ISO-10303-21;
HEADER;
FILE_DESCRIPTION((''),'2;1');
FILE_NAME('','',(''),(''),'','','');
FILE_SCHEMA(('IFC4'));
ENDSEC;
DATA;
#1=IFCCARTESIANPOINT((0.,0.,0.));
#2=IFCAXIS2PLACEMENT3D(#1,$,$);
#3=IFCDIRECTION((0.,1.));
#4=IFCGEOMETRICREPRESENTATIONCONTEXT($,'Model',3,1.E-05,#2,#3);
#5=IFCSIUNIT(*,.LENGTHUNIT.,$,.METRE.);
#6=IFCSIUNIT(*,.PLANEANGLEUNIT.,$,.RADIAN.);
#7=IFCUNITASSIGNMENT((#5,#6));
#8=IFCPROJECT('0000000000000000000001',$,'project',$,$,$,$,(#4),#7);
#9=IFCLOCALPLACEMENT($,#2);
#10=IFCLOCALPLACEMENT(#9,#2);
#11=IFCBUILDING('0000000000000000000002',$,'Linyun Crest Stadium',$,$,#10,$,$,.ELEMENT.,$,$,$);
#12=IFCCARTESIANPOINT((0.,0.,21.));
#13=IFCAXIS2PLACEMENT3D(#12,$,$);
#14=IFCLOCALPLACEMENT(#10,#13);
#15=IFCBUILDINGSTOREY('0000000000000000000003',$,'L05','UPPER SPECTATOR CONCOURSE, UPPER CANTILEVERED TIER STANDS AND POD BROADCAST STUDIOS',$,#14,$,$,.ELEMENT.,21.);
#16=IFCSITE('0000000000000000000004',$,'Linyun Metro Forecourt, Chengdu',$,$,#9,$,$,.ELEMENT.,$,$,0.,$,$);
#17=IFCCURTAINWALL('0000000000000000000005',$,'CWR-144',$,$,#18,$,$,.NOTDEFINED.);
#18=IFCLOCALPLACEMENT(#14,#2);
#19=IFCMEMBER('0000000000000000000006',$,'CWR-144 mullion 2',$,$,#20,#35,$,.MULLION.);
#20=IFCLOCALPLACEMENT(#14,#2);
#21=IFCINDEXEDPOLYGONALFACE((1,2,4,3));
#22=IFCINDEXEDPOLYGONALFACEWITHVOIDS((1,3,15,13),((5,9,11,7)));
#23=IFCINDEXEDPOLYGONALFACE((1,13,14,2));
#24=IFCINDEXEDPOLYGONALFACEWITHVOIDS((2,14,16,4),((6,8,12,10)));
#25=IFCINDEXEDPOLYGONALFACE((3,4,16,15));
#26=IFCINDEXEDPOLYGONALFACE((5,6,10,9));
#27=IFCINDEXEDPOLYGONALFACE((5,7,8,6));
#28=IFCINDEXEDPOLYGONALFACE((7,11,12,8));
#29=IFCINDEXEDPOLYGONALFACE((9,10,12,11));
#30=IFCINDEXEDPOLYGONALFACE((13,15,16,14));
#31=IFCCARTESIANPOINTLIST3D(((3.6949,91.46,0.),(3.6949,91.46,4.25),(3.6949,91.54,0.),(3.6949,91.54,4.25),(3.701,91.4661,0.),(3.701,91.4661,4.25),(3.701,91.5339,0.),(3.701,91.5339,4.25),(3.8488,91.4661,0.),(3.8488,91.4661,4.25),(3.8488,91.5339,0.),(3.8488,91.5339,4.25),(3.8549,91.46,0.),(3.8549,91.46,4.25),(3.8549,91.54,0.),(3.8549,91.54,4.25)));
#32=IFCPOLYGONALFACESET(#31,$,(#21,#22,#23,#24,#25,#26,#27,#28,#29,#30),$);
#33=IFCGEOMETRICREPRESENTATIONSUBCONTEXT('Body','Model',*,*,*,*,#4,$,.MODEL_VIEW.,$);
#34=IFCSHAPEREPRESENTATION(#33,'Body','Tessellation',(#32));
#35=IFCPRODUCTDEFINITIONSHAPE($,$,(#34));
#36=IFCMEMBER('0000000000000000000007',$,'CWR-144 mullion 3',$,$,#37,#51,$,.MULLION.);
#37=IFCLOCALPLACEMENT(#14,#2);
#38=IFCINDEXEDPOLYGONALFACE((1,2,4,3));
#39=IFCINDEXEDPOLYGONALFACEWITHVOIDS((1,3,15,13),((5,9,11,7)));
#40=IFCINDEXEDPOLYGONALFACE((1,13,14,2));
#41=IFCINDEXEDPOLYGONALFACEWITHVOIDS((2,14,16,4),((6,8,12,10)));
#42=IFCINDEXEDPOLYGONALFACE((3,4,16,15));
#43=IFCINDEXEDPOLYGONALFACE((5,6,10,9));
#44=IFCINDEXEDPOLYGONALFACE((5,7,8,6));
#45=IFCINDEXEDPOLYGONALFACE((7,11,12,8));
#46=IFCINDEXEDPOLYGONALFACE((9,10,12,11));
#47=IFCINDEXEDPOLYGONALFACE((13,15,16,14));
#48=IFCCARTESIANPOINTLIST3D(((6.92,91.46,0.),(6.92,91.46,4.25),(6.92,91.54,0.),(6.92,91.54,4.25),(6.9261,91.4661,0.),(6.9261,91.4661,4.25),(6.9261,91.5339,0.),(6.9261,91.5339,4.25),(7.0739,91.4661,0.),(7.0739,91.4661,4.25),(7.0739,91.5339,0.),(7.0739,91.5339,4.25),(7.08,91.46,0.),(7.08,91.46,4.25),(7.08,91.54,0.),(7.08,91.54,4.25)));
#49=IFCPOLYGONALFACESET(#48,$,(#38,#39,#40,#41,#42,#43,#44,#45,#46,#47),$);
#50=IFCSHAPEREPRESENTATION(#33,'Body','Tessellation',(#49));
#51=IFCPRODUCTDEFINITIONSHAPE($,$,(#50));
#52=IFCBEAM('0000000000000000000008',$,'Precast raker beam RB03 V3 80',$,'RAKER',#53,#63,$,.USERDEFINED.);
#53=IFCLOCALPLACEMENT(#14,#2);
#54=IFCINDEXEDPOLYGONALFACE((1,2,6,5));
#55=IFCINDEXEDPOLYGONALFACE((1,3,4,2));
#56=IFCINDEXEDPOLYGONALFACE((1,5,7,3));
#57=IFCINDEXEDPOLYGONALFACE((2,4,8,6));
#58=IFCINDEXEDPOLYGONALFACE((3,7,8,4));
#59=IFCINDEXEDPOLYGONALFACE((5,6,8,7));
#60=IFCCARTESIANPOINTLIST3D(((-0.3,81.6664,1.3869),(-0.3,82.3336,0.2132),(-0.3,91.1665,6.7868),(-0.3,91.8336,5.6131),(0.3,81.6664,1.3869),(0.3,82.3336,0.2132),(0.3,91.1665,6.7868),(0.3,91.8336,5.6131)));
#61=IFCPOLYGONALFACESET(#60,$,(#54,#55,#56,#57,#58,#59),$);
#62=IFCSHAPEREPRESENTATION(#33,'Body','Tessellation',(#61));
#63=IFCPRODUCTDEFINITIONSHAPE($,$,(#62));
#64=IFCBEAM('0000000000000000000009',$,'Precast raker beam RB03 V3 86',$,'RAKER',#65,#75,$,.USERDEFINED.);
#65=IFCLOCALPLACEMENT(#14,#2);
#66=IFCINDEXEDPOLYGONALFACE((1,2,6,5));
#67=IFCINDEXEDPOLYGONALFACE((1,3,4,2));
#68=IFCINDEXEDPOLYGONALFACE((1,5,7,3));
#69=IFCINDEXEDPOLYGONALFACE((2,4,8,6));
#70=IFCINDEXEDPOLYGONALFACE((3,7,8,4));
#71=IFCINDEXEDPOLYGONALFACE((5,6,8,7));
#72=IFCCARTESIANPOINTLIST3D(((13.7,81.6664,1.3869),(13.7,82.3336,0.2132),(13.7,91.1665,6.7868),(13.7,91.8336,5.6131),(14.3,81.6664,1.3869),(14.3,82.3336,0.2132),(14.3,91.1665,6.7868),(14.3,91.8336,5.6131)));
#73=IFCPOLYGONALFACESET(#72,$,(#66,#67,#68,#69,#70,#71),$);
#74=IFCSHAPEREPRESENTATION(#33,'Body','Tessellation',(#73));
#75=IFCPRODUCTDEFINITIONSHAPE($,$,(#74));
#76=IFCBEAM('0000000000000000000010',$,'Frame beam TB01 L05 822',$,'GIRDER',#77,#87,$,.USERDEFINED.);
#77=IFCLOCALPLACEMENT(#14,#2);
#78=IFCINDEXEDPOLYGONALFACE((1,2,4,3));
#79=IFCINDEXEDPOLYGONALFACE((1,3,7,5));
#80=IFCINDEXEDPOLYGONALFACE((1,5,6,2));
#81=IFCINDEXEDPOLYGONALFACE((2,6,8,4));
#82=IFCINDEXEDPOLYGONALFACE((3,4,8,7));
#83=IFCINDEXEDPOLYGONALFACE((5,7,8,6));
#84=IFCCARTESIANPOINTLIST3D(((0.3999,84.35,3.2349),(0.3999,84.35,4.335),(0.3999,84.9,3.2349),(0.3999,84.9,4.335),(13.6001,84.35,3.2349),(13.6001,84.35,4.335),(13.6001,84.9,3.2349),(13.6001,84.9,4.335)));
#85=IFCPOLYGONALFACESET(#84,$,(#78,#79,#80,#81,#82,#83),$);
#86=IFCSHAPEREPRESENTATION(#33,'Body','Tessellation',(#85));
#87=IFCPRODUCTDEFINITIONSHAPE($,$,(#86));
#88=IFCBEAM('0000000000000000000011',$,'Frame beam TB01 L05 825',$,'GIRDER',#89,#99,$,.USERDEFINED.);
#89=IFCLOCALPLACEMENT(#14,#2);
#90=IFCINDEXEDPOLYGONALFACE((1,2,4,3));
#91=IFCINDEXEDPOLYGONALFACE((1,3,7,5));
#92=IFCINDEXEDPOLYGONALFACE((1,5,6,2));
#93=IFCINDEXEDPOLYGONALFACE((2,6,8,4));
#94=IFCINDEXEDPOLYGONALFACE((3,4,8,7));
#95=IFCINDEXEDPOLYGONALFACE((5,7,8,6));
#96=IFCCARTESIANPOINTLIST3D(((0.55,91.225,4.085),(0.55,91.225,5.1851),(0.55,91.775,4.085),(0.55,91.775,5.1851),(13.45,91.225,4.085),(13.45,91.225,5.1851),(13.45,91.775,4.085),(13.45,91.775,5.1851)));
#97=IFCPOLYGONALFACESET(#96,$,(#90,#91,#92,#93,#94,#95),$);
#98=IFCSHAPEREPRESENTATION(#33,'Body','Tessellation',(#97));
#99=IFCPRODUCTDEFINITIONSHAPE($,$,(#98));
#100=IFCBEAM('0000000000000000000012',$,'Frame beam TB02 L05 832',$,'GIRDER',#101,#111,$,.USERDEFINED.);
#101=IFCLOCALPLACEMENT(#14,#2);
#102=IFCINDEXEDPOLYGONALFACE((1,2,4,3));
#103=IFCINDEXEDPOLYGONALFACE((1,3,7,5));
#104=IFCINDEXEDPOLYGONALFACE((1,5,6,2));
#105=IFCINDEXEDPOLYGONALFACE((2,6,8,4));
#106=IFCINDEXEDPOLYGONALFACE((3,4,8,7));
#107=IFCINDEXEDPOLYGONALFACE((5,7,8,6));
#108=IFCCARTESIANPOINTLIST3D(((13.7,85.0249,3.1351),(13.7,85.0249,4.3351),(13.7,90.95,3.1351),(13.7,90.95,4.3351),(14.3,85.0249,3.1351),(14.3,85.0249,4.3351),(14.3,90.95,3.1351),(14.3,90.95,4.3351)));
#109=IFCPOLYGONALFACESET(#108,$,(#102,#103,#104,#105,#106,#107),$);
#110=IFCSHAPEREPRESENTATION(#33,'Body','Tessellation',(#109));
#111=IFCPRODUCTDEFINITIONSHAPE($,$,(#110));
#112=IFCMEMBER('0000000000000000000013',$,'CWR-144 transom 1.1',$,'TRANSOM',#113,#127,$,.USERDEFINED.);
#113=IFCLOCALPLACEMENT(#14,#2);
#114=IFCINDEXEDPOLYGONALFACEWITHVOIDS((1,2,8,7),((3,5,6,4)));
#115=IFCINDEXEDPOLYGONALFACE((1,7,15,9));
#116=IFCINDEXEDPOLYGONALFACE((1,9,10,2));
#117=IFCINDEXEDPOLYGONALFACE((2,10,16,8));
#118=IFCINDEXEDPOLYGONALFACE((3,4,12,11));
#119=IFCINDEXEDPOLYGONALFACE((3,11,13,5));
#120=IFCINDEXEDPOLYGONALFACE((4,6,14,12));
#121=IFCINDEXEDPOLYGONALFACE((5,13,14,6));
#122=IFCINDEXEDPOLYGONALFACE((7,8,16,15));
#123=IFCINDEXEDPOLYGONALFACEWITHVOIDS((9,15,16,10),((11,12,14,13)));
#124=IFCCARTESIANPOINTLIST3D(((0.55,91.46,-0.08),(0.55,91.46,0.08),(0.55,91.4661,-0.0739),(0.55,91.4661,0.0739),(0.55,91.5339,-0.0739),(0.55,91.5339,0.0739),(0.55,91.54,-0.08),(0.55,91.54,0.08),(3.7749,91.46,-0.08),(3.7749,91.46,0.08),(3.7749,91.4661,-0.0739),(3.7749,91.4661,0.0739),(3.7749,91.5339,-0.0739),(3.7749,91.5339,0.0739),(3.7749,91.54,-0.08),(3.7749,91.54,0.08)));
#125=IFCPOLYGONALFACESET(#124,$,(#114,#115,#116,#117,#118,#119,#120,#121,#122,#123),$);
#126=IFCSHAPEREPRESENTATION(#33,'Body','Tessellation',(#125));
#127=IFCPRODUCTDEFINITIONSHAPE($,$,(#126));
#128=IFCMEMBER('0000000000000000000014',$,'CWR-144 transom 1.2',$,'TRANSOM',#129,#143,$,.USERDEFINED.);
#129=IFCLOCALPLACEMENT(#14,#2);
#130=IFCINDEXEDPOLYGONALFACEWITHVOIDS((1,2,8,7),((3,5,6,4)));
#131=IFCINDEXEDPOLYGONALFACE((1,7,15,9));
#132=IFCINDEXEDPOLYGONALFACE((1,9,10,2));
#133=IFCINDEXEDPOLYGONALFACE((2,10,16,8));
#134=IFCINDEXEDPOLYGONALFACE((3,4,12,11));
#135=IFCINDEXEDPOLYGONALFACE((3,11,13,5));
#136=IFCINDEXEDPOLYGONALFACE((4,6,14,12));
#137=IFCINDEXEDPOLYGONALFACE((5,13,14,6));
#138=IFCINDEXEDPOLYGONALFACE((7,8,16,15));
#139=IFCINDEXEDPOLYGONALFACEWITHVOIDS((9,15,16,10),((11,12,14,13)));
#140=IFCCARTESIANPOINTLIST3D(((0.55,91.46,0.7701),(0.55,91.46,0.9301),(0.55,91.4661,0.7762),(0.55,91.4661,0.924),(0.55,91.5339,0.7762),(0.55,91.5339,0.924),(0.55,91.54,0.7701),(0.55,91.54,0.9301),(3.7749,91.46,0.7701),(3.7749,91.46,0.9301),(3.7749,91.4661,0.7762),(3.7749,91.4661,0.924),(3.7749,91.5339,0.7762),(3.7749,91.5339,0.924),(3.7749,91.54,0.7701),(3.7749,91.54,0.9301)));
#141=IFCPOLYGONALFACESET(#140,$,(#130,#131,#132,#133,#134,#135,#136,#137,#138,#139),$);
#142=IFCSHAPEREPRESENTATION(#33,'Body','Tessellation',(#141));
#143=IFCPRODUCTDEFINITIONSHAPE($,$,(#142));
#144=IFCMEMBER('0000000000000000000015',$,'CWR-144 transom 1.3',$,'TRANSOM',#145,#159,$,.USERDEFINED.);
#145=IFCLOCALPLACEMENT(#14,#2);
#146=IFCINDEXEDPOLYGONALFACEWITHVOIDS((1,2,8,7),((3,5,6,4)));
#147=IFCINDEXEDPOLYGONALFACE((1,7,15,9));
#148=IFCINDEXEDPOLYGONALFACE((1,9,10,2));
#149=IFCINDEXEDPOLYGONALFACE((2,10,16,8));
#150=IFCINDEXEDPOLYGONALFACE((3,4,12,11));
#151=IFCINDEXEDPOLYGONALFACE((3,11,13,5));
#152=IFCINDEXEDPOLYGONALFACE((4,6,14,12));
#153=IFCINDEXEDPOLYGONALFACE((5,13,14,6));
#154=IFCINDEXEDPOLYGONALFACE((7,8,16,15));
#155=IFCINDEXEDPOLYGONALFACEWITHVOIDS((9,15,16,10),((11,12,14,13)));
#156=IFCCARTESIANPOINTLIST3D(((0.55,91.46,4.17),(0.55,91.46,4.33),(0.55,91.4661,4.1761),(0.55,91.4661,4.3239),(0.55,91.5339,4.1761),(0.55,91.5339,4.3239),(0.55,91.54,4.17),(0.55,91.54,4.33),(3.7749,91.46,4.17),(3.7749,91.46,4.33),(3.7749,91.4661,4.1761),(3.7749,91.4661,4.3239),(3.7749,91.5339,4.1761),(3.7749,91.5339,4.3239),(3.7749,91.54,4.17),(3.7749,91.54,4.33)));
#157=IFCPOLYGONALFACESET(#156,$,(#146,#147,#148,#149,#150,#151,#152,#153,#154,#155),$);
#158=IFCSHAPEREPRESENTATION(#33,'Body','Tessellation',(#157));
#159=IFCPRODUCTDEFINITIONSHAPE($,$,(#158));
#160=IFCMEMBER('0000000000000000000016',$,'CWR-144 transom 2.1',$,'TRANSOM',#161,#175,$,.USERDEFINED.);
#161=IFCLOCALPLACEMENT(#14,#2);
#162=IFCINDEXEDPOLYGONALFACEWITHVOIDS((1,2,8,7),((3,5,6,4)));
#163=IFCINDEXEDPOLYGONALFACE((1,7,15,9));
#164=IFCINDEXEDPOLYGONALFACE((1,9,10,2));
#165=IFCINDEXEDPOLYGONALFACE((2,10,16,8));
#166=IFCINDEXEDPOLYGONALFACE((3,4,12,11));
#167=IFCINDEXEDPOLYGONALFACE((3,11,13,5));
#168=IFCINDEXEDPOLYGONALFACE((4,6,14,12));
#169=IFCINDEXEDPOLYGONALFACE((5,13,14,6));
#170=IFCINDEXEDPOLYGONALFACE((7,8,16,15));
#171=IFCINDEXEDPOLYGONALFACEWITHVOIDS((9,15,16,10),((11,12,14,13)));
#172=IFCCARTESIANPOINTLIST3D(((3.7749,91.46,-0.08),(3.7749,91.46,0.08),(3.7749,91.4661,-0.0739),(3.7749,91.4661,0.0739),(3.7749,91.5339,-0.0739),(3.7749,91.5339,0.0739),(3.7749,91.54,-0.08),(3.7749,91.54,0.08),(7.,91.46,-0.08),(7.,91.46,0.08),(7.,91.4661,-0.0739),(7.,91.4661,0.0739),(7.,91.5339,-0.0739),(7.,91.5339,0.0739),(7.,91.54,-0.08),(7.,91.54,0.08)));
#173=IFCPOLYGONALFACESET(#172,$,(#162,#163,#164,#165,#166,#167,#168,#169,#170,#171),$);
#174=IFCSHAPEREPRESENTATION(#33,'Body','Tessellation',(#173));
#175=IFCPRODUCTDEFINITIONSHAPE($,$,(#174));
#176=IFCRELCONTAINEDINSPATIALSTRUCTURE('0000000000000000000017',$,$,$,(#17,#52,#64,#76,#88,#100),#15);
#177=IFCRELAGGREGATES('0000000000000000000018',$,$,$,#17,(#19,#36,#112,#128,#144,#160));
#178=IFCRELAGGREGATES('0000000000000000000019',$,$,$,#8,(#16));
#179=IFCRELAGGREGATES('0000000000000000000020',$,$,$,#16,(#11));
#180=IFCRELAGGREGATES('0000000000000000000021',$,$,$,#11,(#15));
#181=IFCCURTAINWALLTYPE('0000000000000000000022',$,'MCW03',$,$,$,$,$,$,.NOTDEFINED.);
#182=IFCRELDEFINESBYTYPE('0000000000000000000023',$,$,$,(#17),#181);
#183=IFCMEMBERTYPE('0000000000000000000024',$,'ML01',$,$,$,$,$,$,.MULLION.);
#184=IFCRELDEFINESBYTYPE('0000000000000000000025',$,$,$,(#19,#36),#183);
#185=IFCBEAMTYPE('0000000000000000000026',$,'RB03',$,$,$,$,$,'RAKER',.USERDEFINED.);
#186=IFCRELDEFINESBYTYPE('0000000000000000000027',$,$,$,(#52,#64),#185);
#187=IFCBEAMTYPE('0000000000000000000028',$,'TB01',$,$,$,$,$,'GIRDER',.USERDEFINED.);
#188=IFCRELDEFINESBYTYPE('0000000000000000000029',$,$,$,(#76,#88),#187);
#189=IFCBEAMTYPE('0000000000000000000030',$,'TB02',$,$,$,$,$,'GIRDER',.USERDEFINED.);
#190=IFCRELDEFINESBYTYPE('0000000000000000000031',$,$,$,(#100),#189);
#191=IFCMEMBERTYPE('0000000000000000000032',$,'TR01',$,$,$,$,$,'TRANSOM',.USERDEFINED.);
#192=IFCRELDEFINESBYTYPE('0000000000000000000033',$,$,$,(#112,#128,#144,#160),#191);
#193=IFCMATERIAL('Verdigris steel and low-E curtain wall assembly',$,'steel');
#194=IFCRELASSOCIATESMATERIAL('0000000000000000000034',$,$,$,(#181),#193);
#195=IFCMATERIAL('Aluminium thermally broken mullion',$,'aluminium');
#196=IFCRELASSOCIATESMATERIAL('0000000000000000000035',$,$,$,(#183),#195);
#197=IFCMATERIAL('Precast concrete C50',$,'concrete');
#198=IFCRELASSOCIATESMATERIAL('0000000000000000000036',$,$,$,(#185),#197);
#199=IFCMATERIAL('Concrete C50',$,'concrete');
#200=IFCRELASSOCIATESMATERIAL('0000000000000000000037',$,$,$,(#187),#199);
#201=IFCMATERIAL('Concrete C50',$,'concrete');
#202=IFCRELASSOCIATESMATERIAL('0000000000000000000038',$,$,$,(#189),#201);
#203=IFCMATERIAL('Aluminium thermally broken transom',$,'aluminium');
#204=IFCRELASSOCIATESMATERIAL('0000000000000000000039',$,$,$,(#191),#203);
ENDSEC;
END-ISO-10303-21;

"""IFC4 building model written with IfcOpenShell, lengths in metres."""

from ifc_helpers import new_model, si_unit, direction, frame, origin, origin_2d, place, context, subcontext, project, spatial, rectangle, hollow_rectangle, extrude, material, material_profile, profile_set, type_object, element, aggregate, save


model = new_model("IFC4")

# Units and contexts
model_context = context("Model", 3, precision=1e-05, world=origin(), true_north=direction((0.0, 1.0)))
body_context = subcontext(model_context, "Body", "Model", "MODEL_VIEW")
ifc_project = project(units=[si_unit("LENGTHUNIT", "METRE"), si_unit("PLANEANGLEUNIT", "RADIAN")], contexts=[model_context])

# Site, building, storey
site_placement = place(None, origin())
site = spatial("IfcSite", under=ifc_project, at=site_placement, Name="Linyun Metro Forecourt, Chengdu", CompositionType="ELEMENT", RefElevation=0.0)
building_placement = place(site_placement, origin())
building = spatial("IfcBuilding", under=site, at=building_placement, Name="Linyun Crest Stadium", CompositionType="ELEMENT")
storey_placement = place(building_placement, frame((0.0, 0.0, 21.0)))
storey = spatial("IfcBuildingStorey", under=building, at=storey_placement, Name="L05", Description="UPPER SPECTATOR CONCOURSE, UPPER CANTILEVERED TIER STANDS AND POD BROADCAST STUDIOS", CompositionType="ELEMENT", Elevation=21.0)

# Curtain wall, members
ifc_material_1 = material(Name="Verdigris steel and low-E curtain wall assembly", Category="steel")
curtain_wall_type = type_object("IfcCurtainWallType", Name="MCW03", PredefinedType="NOTDEFINED", material=ifc_material_1)
curtain_wall_placement = place(storey_placement, origin())
curtain_wall = element("IfcCurtainWall", 1, at=curtain_wall_placement, inside=storey, type_object=curtain_wall_type, Name="CWR-144", PredefinedType="NOTDEFINED")
ifc_material_2 = material(Name="Aluminium thermally broken mullion", Category="aluminium")
ifc_material_profile_1 = material_profile(ifc_material_2, hollow_rectangle(XDim=0.0801, YDim=0.1599, WallThickness=0.0061, at=origin_2d()), Name="RHS 160x80x6")
ifc_profile_set_1 = profile_set([ifc_material_profile_1], Name="Aluminium thermally broken mullion")
member_type_1 = type_object("IfcMemberType", Name="ML01", PredefinedType="MULLION", material=ifc_profile_set_1)
member_1_placement = place(storey_placement, frame((3.7749, 91.5, 0.0), z_axis=(0.0, 0.0, 1.0), x_axis=(0.0, 1.0, 0.0)))
member_1 = element("IfcMember", 2, at=member_1_placement, type_object=member_type_1, Name="CWR-144 mullion 2", PredefinedType="MULLION", context=body_context, shape_type="SweptSolid", body=[
    extrude(hollow_rectangle(XDim=0.0801, YDim=0.1599, WallThickness=0.0061, at=origin_2d()), origin(), (0.0, 0.0, 1.0), 4.25),
])
member_2_placement = place(storey_placement, frame((7.0, 91.5, 0.0), z_axis=(0.0, 0.0, 1.0), x_axis=(0.0, 1.0, 0.0)))
member_2 = element("IfcMember", 3, at=member_2_placement, type_object=member_type_1, Name="CWR-144 mullion 3", PredefinedType="MULLION", context=body_context, shape_type="SweptSolid", body=[
    extrude(hollow_rectangle(XDim=0.0801, YDim=0.1599, WallThickness=0.0061, at=origin_2d()), origin(), (0.0, 0.0, 1.0), 4.25),
])

# Beams
ifc_material_3 = material(Name="Precast concrete C50", Category="concrete")
ifc_material_profile_2 = material_profile(ifc_material_3, rectangle(XDim=0.6001, YDim=1.3501, at=origin_2d()), Name="PCR 1350x600")
ifc_profile_set_2 = profile_set([ifc_material_profile_2], Name="Precast concrete C50")
beam_type_1 = type_object("IfcBeamType", Name="RB03", ElementType="RAKER", PredefinedType="USERDEFINED", material=ifc_profile_set_2)
for number, where, z_axis, x_axis, name in (
    (4, (0.0, 82.0, 0.8), (0.0, 0.869371, 0.49416), (-1.0, 0.0, 0.0), "Precast raker beam RB03 V3 80"),
    (5, (14.0, 82.0, 0.8), (0.0, 0.869371, 0.49416), (-1.0, 0.0, 0.0), "Precast raker beam RB03 V3 86"),
):
    element("IfcBeam", number, at=place(storey_placement, frame(where, z_axis=z_axis, x_axis=x_axis)), inside=storey, type_object=beam_type_1, Name=name, ObjectType="RAKER", PredefinedType="USERDEFINED", context=body_context, shape_type="SweptSolid", body=[
        extrude(rectangle(XDim=0.6001, YDim=1.3501, at=origin_2d()), origin(), (0.0, 0.0, 1.0), 10.9275),
    ])
ifc_material_4 = material(Name="Concrete C50", Category="concrete")
ifc_material_profile_3 = material_profile(ifc_material_4, rectangle(XDim=0.55, YDim=1.1001, at=origin_2d()), Name="RCB 1100x550")
ifc_profile_set_3 = profile_set([ifc_material_profile_3], Name="Concrete C50")
beam_type_2 = type_object("IfcBeamType", Name="TB01", ElementType="GIRDER", PredefinedType="USERDEFINED", material=ifc_profile_set_3)
beam_1_placement = place(storey_placement, frame((0.3999, 84.625, 3.7849), z_axis=(1.0, 0.0, 0.0), x_axis=(0.0, 1.0, 0.0)))
element("IfcBeam", 6, at=beam_1_placement, inside=storey, type_object=beam_type_2, Name="Frame beam TB01 L05 822", ObjectType="GIRDER", PredefinedType="USERDEFINED", context=body_context, shape_type="SweptSolid", body=[
    extrude(rectangle(XDim=0.55, YDim=1.1001, at=origin_2d()), origin(), (0.0, 0.0, 1.0), 13.2002),
])
beam_2_placement = place(storey_placement, frame((0.55, 91.5, 4.635), z_axis=(1.0, 0.0, 0.0), x_axis=(0.0, 1.0, 0.0)))
element("IfcBeam", 7, at=beam_2_placement, inside=storey, type_object=beam_type_2, Name="Frame beam TB01 L05 825", ObjectType="GIRDER", PredefinedType="USERDEFINED", context=body_context, shape_type="SweptSolid", body=[
    extrude(rectangle(XDim=0.55, YDim=1.1001, at=origin_2d()), origin(), (0.0, 0.0, 1.0), 12.8999),
])
ifc_material_5 = material(Name="Concrete C50", Category="concrete")
ifc_material_profile_4 = material_profile(ifc_material_5, rectangle(XDim=0.6001, YDim=1.2, at=origin_2d()), Name="RCB 1200x600")
ifc_profile_set_4 = profile_set([ifc_material_profile_4], Name="Concrete C50")
beam_type_3 = type_object("IfcBeamType", Name="TB02", ElementType="GIRDER", PredefinedType="USERDEFINED", material=ifc_profile_set_4)
beam_3_placement = place(storey_placement, frame((14.0, 85.0249, 3.7351), z_axis=(0.0, 1.0, 0.0), x_axis=(-1.0, 0.0, 0.0)))
element("IfcBeam", 8, at=beam_3_placement, inside=storey, type_object=beam_type_3, Name="Frame beam TB02 L05 832", ObjectType="GIRDER", PredefinedType="USERDEFINED", context=body_context, shape_type="SweptSolid", body=[
    extrude(rectangle(XDim=0.6001, YDim=1.2, at=origin_2d()), origin(), (0.0, 0.0, 1.0), 5.925),
])

# Members
ifc_material_6 = material(Name="Aluminium thermally broken transom", Category="aluminium")
ifc_material_profile_5 = material_profile(ifc_material_6, hollow_rectangle(XDim=0.0801, YDim=0.1599, WallThickness=0.0061, at=origin_2d()), Name="RHS 160x80x6")
ifc_profile_set_5 = profile_set([ifc_material_profile_5], Name="Aluminium thermally broken transom")
member_type_2 = type_object("IfcMemberType", Name="TR01", ElementType="TRANSOM", PredefinedType="USERDEFINED", material=ifc_profile_set_5)
member_3_placement = place(storey_placement, frame((0.55, 91.5, 0.0), z_axis=(1.0, 0.0, 0.0), x_axis=(0.0, 1.0, 0.0)))
member_3 = element("IfcMember", 9, at=member_3_placement, type_object=member_type_2, Name="CWR-144 transom 1.1", ObjectType="TRANSOM", PredefinedType="USERDEFINED", context=body_context, shape_type="SweptSolid", body=[
    extrude(hollow_rectangle(XDim=0.0801, YDim=0.1599, WallThickness=0.0061, at=origin_2d()), origin(), (0.0, 0.0, 1.0), 3.2249),
])
member_4_placement = place(storey_placement, frame((0.55, 91.5, 0.8501), z_axis=(1.0, 0.0, 0.0), x_axis=(0.0, 1.0, 0.0)))
member_4 = element("IfcMember", 10, at=member_4_placement, type_object=member_type_2, Name="CWR-144 transom 1.2", ObjectType="TRANSOM", PredefinedType="USERDEFINED", context=body_context, shape_type="SweptSolid", body=[
    extrude(hollow_rectangle(XDim=0.0801, YDim=0.1599, WallThickness=0.0061, at=origin_2d()), origin(), (0.0, 0.0, 1.0), 3.2249),
])
member_5_placement = place(storey_placement, frame((0.55, 91.5, 4.25), z_axis=(1.0, 0.0, 0.0), x_axis=(0.0, 1.0, 0.0)))
member_5 = element("IfcMember", 11, at=member_5_placement, type_object=member_type_2, Name="CWR-144 transom 1.3", ObjectType="TRANSOM", PredefinedType="USERDEFINED", context=body_context, shape_type="SweptSolid", body=[
    extrude(hollow_rectangle(XDim=0.0801, YDim=0.1599, WallThickness=0.0061, at=origin_2d()), origin(), (0.0, 0.0, 1.0), 3.2249),
])
member_6_placement = place(storey_placement, frame((3.7749, 91.5, 0.0), z_axis=(1.0, 0.0, 0.0), x_axis=(0.0, 1.0, 0.0)))
member_6 = element("IfcMember", 12, at=member_6_placement, type_object=member_type_2, Name="CWR-144 transom 2.1", ObjectType="TRANSOM", PredefinedType="USERDEFINED", context=body_context, shape_type="SweptSolid", body=[
    extrude(hollow_rectangle(XDim=0.0801, YDim=0.1599, WallThickness=0.0061, at=origin_2d()), origin(), (0.0, 0.0, 1.0), 3.2251),
])

aggregate(curtain_wall, [member_1, member_2, member_3, member_4, member_5, member_6])

save(model, "model.ifc")
